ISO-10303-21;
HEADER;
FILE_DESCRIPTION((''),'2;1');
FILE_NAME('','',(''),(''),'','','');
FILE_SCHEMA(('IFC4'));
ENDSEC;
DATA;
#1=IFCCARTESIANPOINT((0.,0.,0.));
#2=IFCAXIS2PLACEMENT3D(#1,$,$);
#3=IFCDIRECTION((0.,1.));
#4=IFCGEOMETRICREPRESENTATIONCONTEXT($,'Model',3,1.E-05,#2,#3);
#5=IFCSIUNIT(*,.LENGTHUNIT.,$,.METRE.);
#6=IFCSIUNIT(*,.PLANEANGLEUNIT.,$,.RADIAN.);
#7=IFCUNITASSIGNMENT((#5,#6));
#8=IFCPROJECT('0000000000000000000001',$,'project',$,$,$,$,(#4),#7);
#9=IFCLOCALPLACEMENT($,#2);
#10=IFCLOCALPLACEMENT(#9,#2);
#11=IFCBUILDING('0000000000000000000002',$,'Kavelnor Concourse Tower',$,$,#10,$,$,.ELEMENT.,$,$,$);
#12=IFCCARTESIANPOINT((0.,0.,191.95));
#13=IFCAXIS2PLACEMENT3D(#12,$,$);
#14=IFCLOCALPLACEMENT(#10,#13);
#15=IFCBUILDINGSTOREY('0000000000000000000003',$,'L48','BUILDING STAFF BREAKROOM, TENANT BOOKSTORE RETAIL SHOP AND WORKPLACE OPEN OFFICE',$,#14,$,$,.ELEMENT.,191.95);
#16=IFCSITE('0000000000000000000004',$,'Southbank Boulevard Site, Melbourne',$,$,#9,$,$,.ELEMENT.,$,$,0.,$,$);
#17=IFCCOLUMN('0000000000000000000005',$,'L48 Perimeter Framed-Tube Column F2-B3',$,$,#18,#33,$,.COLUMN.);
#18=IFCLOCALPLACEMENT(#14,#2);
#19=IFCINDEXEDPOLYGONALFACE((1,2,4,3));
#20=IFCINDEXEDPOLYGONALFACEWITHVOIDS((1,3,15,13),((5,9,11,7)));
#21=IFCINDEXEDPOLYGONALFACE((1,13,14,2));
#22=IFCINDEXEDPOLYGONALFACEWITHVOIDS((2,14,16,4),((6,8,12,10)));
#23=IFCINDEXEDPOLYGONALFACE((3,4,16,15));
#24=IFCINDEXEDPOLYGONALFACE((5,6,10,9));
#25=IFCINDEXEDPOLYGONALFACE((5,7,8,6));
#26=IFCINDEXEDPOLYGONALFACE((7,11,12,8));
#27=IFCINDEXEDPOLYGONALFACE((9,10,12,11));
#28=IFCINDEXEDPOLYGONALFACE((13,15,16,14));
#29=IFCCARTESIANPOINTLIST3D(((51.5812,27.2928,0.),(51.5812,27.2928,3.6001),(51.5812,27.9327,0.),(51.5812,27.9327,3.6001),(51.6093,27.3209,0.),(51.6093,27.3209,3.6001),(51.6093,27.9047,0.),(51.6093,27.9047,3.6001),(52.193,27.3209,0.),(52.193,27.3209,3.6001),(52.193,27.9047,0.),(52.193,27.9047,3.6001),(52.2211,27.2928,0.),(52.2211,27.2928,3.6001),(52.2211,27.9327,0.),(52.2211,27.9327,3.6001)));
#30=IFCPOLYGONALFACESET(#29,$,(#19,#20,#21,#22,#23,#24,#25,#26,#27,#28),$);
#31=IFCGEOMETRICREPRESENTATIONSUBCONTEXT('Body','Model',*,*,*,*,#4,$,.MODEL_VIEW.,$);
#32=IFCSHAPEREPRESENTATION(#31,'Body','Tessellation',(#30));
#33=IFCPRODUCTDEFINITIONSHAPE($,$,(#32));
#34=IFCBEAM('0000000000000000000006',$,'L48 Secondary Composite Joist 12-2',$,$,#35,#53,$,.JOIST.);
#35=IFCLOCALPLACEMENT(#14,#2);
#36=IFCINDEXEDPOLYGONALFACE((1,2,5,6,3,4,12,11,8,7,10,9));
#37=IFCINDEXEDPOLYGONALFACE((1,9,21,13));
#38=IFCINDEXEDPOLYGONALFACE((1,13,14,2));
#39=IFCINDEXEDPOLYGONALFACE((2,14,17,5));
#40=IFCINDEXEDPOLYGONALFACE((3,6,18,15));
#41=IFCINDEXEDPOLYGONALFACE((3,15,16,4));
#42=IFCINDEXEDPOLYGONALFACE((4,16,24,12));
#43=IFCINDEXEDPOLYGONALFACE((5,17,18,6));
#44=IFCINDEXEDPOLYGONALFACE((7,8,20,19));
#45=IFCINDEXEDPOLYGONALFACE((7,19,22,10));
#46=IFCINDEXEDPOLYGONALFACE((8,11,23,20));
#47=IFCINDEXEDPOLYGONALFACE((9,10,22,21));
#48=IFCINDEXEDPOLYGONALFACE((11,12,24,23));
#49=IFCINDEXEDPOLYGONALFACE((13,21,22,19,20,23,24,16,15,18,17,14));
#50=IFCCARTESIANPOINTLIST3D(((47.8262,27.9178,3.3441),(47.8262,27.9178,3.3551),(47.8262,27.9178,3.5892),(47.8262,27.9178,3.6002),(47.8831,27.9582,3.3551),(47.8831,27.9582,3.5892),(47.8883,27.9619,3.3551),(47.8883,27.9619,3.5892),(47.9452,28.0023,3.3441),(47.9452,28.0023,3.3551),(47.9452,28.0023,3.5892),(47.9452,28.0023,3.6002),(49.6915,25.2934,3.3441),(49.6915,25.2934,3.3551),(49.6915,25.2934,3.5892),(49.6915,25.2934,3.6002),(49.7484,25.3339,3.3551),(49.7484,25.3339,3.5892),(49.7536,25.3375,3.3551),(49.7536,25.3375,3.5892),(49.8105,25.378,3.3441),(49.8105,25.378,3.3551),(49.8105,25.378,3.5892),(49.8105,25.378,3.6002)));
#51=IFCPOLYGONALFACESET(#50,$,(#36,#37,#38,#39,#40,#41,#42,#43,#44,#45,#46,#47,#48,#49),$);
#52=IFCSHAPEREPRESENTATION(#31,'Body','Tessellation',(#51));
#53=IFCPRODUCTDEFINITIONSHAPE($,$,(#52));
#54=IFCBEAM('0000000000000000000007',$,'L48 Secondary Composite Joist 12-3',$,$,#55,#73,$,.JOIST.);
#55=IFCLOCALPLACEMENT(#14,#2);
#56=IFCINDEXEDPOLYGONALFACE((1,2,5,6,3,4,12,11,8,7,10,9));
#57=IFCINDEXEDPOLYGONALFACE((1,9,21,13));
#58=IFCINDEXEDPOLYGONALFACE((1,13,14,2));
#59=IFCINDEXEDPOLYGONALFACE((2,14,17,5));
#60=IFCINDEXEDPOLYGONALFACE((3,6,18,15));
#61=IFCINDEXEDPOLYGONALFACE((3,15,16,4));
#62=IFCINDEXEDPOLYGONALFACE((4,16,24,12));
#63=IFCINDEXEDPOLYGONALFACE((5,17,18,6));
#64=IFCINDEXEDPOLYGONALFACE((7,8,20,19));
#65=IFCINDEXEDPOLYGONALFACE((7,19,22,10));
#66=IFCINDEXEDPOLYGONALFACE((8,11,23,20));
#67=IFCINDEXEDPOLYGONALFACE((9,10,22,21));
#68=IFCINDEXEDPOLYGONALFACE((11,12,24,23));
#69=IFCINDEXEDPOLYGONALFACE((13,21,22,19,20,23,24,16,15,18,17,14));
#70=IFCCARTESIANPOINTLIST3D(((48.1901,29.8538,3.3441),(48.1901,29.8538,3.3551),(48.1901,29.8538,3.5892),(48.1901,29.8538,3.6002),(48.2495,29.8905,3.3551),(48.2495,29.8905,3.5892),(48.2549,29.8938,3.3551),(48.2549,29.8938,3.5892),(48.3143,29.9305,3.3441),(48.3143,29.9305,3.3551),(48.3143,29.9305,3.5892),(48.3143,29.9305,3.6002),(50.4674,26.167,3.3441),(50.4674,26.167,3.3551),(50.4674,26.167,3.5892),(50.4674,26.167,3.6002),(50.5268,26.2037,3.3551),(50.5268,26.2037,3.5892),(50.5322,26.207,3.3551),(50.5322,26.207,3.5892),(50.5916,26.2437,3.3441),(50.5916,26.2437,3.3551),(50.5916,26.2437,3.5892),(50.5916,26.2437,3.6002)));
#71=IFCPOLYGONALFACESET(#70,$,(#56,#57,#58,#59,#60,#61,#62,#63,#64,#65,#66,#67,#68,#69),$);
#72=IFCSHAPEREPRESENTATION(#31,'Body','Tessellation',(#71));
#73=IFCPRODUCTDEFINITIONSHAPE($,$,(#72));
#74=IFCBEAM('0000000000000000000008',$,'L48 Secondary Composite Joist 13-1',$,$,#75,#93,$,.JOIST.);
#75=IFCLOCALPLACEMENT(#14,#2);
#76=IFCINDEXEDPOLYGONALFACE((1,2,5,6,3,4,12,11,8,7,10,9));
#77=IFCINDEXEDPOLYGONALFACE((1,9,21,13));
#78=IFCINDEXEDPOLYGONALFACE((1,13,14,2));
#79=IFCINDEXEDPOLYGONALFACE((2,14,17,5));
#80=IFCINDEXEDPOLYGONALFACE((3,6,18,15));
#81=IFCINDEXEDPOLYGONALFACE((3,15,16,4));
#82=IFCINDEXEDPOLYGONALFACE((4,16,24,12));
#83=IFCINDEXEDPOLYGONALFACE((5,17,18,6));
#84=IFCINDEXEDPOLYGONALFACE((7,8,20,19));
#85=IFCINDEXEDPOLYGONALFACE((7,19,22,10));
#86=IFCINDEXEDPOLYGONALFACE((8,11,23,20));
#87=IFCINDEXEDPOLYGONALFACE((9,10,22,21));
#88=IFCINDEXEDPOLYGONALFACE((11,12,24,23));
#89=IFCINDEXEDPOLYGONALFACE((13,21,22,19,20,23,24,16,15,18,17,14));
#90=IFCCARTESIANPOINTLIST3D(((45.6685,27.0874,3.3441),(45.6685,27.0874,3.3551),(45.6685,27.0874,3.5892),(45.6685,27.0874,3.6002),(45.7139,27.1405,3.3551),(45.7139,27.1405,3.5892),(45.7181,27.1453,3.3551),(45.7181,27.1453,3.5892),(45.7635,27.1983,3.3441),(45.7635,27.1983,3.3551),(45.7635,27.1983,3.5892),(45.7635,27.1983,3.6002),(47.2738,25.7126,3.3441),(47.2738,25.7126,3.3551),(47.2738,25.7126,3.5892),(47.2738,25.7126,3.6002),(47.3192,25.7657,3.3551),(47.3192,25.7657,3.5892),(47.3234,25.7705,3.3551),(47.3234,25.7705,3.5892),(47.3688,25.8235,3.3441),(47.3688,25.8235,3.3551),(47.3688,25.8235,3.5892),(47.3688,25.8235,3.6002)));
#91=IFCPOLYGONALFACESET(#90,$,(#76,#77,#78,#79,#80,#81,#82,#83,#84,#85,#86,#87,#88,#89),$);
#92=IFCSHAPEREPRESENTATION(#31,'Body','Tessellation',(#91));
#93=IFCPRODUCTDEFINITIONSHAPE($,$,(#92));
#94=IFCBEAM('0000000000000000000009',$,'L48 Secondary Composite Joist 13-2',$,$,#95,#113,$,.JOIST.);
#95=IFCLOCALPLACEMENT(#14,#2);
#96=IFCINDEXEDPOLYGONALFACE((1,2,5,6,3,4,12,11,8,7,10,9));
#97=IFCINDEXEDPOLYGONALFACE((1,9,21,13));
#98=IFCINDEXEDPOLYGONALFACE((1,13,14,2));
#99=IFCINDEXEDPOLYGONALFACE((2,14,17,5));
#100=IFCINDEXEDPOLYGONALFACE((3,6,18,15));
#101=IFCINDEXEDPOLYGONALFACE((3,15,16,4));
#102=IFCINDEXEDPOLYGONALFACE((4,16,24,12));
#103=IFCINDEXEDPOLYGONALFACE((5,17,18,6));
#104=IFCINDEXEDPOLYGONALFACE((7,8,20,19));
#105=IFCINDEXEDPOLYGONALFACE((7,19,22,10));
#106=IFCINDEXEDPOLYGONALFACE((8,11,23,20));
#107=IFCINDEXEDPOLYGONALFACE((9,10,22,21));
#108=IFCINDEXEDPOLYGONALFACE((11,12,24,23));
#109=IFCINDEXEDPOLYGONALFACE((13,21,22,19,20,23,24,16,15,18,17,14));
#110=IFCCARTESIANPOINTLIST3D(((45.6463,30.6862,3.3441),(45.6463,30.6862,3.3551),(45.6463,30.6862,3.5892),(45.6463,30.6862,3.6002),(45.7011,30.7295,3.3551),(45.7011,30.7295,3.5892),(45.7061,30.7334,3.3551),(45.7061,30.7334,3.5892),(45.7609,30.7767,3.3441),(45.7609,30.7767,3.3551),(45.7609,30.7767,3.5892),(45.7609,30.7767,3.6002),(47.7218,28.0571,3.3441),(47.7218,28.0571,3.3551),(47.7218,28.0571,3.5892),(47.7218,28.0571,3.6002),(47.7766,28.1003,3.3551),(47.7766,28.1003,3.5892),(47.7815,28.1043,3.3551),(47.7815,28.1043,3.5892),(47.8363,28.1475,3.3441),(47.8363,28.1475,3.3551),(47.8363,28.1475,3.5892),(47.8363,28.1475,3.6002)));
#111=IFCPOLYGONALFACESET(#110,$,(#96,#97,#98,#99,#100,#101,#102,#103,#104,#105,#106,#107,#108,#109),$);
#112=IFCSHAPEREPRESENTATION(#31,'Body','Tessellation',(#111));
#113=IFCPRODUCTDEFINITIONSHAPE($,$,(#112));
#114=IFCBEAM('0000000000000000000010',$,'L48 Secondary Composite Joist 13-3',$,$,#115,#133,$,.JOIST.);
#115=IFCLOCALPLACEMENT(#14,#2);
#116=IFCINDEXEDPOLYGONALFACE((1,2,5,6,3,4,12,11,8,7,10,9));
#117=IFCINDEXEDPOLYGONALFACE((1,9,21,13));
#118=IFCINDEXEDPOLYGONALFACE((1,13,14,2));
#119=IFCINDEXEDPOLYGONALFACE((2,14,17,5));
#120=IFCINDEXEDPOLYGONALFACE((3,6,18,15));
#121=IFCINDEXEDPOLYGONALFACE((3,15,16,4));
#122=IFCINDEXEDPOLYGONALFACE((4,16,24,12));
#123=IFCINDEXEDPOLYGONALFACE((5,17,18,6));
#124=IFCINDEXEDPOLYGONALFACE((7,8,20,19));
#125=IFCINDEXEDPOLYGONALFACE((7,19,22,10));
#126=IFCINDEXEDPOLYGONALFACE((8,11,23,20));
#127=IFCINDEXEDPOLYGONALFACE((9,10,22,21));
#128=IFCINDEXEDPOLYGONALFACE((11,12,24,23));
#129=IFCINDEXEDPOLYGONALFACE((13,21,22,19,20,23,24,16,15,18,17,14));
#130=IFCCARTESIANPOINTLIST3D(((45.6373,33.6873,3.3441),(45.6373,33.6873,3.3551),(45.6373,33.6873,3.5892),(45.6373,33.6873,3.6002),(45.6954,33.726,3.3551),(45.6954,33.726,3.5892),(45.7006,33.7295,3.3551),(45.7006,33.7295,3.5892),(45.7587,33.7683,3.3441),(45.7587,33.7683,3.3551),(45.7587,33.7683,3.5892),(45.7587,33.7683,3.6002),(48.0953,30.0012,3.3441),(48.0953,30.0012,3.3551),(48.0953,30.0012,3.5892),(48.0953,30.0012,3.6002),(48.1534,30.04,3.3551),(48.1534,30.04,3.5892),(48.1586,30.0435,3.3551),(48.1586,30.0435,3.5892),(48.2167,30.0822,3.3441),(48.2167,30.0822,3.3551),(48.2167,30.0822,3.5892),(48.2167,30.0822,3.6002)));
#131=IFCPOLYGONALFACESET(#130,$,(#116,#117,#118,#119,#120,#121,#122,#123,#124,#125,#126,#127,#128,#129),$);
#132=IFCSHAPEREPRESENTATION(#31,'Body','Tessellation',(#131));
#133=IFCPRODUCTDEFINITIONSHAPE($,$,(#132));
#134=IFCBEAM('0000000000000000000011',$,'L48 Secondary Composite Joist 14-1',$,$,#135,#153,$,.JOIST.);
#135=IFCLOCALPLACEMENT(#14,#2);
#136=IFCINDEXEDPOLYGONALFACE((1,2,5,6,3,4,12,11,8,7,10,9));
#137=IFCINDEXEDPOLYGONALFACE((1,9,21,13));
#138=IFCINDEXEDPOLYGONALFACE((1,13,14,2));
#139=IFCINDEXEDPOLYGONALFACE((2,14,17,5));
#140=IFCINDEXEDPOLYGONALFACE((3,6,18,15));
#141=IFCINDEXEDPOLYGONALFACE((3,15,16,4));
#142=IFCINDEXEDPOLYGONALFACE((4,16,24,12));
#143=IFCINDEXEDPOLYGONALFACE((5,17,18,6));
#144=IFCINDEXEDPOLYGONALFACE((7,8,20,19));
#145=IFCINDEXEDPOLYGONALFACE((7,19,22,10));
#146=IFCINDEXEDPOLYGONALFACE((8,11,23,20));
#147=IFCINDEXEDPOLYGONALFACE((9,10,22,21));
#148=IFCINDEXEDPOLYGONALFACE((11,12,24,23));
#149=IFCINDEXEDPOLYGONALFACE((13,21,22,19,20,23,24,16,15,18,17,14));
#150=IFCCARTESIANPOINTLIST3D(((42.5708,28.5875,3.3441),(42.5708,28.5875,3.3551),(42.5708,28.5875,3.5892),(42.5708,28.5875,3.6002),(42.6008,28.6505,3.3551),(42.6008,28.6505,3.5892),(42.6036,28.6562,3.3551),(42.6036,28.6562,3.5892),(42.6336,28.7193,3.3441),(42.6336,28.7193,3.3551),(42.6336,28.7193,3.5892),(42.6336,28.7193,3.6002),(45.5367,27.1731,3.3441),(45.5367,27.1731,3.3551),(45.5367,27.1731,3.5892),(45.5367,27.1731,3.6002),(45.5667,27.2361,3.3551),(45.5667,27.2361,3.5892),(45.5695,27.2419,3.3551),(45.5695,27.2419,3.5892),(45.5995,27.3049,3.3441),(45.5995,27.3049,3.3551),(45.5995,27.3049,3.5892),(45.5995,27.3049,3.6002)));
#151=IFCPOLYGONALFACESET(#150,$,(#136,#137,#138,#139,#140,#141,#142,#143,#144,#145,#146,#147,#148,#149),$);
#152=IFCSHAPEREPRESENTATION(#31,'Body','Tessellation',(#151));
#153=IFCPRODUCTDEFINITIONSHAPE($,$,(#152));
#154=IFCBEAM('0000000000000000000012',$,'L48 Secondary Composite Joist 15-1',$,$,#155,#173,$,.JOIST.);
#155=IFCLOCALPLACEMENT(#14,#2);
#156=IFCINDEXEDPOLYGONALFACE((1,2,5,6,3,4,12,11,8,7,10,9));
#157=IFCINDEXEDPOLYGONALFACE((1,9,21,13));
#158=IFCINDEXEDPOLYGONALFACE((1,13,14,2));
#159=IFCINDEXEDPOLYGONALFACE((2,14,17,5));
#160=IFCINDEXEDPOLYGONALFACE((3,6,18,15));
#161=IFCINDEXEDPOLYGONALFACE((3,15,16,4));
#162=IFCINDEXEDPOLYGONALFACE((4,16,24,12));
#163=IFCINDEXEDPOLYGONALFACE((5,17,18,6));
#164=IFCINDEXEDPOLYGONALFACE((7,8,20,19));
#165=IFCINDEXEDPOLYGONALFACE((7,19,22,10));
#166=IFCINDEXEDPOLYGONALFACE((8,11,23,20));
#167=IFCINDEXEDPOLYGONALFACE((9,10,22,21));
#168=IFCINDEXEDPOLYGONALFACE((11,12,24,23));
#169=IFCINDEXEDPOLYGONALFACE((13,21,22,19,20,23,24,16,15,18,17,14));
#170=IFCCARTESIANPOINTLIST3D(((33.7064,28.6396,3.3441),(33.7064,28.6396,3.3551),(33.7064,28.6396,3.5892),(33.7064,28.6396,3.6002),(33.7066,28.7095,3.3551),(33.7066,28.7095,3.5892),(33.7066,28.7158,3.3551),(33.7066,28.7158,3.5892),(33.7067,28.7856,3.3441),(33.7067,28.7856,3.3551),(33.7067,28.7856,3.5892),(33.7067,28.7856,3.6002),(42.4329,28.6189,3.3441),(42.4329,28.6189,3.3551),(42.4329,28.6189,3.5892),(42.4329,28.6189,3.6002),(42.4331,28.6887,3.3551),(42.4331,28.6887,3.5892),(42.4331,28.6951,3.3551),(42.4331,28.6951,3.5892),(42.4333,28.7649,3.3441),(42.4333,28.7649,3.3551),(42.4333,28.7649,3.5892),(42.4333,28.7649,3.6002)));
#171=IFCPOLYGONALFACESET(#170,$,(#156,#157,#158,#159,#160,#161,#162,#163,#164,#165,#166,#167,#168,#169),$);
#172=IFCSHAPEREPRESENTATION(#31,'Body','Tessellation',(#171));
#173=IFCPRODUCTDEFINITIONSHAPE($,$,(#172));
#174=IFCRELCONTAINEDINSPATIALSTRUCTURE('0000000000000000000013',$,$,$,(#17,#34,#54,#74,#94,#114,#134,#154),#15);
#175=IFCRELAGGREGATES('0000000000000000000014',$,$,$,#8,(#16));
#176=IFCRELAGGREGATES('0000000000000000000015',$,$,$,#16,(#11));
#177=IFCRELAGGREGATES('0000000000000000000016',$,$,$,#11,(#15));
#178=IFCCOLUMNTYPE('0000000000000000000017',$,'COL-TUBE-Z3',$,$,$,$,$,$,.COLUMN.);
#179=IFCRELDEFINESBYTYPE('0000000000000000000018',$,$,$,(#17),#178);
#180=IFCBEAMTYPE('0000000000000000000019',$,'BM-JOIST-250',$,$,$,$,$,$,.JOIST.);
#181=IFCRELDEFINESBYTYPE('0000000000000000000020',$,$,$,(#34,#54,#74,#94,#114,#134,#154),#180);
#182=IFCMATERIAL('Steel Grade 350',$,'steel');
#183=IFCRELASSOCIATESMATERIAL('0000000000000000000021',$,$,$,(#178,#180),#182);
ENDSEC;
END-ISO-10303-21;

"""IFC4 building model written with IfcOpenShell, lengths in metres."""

from ifc_helpers import new_model, si_unit, direction, frame, origin, origin_2d, place, context, subcontext, project, spatial, hollow_rectangle, i_section, extrude, material, material_profile, profile_set, type_object, element, save


model = new_model("IFC4")

# Units and contexts
model_context = context("Model", 3, precision=1e-05, world=origin(), true_north=direction((0.0, 1.0)))
body_context = subcontext(model_context, "Body", "Model", "MODEL_VIEW")
ifc_project = project(units=[si_unit("LENGTHUNIT", "METRE"), si_unit("PLANEANGLEUNIT", "RADIAN")], contexts=[model_context])

# Site, building, storey
site_placement = place(None, origin())
site = spatial("IfcSite", under=ifc_project, at=site_placement, Name="Southbank Boulevard Site, Melbourne", CompositionType="ELEMENT", RefElevation=0.0)
building_placement = place(site_placement, origin())
building = spatial("IfcBuilding", under=site, at=building_placement, Name="Kavelnor Concourse Tower", CompositionType="ELEMENT")
storey_placement = place(building_placement, frame((0.0, 0.0, 191.95)))
storey = spatial("IfcBuildingStorey", under=building, at=storey_placement, Name="L48", Description="BUILDING STAFF BREAKROOM, TENANT BOOKSTORE RETAIL SHOP AND WORKPLACE OPEN OFFICE", CompositionType="ELEMENT", Elevation=191.95)

# Column
ifc_material_1 = material(Name="Steel Grade 350", Category="steel")
ifc_material_profile_1 = material_profile(ifc_material_1, hollow_rectangle(XDim=0.6399, YDim=0.6399, WallThickness=0.0281, at=origin_2d()), Name="SHS 640x640x28")
ifc_profile_set_1 = profile_set([ifc_material_profile_1], Name="Steel Grade 350")
column_type = type_object("IfcColumnType", Name="COL-TUBE-Z3", PredefinedType="COLUMN", material=ifc_profile_set_1)
column_placement = place(storey_placement, frame((51.9011, 27.6128, 0.0), z_axis=(0.0, 0.0, 1.0), x_axis=(1.0, 0.0, 0.0)))
element("IfcColumn", 1, at=column_placement, inside=storey, type_object=column_type, Name="L48 Perimeter Framed-Tube Column F2-B3", PredefinedType="COLUMN", context=body_context, shape_type="SweptSolid", body=[
    extrude(hollow_rectangle(XDim=0.6399, YDim=0.6399, WallThickness=0.0281, at=origin_2d()), origin(), (0.0, 0.0, 1.0), 3.6001),
])

# Beams
ifc_material_profile_2 = material_profile(ifc_material_1, i_section(OverallWidth=0.146, OverallDepth=0.2561, WebThickness=0.0063, FlangeThickness=0.011, at=origin_2d()), Name="250UB37")
ifc_profile_set_2 = profile_set([ifc_material_profile_2], Name="Steel Grade 350")
beam_type_1 = type_object("IfcBeamType", Name="BM-JOIST-250", PredefinedType="JOIST", material=ifc_profile_set_2)
beam_1_placement = place(storey_placement, frame((49.751, 25.3357, 3.4722), z_axis=(-0.579336, 0.815089, 0.0), x_axis=(-0.815089, -0.579336, 0.0)))
element("IfcBeam", 2, at=beam_1_placement, inside=storey, type_object=beam_type_1, Name="L48 Secondary Composite Joist 12-2", PredefinedType="JOIST", context=body_context, shape_type="SweptSolid", body=[
    extrude(i_section(OverallWidth=0.146, OverallDepth=0.2561, WebThickness=0.0063, FlangeThickness=0.011, at=origin_2d()), origin(), (0.0, 0.0, 1.0), 3.2197),
])
beam_2_placement = place(storey_placement, frame((50.5295, 26.2053, 3.4722), z_axis=(-0.52553, 0.850775, 0.0), x_axis=(-0.850775, -0.52553, 0.0)))
element("IfcBeam", 3, at=beam_2_placement, inside=storey, type_object=beam_type_1, Name="L48 Secondary Composite Joist 12-3", PredefinedType="JOIST", context=body_context, shape_type="SweptSolid", body=[
    extrude(i_section(OverallWidth=0.146, OverallDepth=0.2561, WebThickness=0.0063, FlangeThickness=0.011, at=origin_2d()), origin(), (0.0, 0.0, 1.0), 4.3335),
])
beam_3_placement = place(storey_placement, frame((47.3213, 25.7681, 3.4722), z_axis=(-0.759526, 0.650477, 0.0), x_axis=(-0.650477, -0.759526, 0.0)))
element("IfcBeam", 4, at=beam_3_placement, inside=storey, type_object=beam_type_1, Name="L48 Secondary Composite Joist 13-1", PredefinedType="JOIST", context=body_context, shape_type="SweptSolid", body=[
    extrude(i_section(OverallWidth=0.146, OverallDepth=0.2561, WebThickness=0.0063, FlangeThickness=0.011, at=origin_2d()), origin(), (0.0, 0.0, 1.0), 2.1135),
])
beam_4_placement = place(storey_placement, frame((47.7791, 28.1023, 3.4722), z_axis=(-0.619606, 0.784913, 0.0), x_axis=(-0.784913, -0.619606, 0.0)))
element("IfcBeam", 5, at=beam_4_placement, inside=storey, type_object=beam_type_1, Name="L48 Secondary Composite Joist 13-2", PredefinedType="JOIST", context=body_context, shape_type="SweptSolid", body=[
    extrude(i_section(OverallWidth=0.146, OverallDepth=0.2561, WebThickness=0.0063, FlangeThickness=0.011, at=origin_2d()), origin(), (0.0, 0.0, 1.0), 3.3496),
])
beam_5_placement = place(storey_placement, frame((48.156, 30.0417, 3.4722), z_axis=(-0.554802, 0.831982, 0.0), x_axis=(-0.831982, -0.554802, 0.0)))
element("IfcBeam", 6, at=beam_5_placement, inside=storey, type_object=beam_type_1, Name="L48 Secondary Composite Joist 13-3", PredefinedType="JOIST", context=body_context, shape_type="SweptSolid", body=[
    extrude(i_section(OverallWidth=0.146, OverallDepth=0.2561, WebThickness=0.0063, FlangeThickness=0.011, at=origin_2d()), origin(), (0.0, 0.0, 1.0), 4.4304),
])
beam_6_placement = place(storey_placement, frame((45.5681, 27.239, 3.4722), z_axis=(-0.902623, 0.430432, 0.0), x_axis=(-0.430432, -0.902623, 0.0)))
element("IfcBeam", 7, at=beam_6_placement, inside=storey, type_object=beam_type_1, Name="L48 Secondary Composite Joist 14-1", PredefinedType="JOIST", context=body_context, shape_type="SweptSolid", body=[
    extrude(i_section(OverallWidth=0.146, OverallDepth=0.2561, WebThickness=0.0063, FlangeThickness=0.011, at=origin_2d()), origin(), (0.0, 0.0, 1.0), 3.2859),
])
beam_7_placement = place(storey_placement, frame((42.4331, 28.6919, 3.4722), z_axis=(-0.999997, 0.002378, 0.0), x_axis=(-0.002378, -0.999997, 0.0)))
element("IfcBeam", 8, at=beam_7_placement, inside=storey, type_object=beam_type_1, Name="L48 Secondary Composite Joist 15-1", PredefinedType="JOIST", context=body_context, shape_type="SweptSolid", body=[
    extrude(i_section(OverallWidth=0.146, OverallDepth=0.2561, WebThickness=0.0063, FlangeThickness=0.011, at=origin_2d()), origin(), (0.0, 0.0, 1.0), 8.7266),
])

save(model, "model.ifc")
